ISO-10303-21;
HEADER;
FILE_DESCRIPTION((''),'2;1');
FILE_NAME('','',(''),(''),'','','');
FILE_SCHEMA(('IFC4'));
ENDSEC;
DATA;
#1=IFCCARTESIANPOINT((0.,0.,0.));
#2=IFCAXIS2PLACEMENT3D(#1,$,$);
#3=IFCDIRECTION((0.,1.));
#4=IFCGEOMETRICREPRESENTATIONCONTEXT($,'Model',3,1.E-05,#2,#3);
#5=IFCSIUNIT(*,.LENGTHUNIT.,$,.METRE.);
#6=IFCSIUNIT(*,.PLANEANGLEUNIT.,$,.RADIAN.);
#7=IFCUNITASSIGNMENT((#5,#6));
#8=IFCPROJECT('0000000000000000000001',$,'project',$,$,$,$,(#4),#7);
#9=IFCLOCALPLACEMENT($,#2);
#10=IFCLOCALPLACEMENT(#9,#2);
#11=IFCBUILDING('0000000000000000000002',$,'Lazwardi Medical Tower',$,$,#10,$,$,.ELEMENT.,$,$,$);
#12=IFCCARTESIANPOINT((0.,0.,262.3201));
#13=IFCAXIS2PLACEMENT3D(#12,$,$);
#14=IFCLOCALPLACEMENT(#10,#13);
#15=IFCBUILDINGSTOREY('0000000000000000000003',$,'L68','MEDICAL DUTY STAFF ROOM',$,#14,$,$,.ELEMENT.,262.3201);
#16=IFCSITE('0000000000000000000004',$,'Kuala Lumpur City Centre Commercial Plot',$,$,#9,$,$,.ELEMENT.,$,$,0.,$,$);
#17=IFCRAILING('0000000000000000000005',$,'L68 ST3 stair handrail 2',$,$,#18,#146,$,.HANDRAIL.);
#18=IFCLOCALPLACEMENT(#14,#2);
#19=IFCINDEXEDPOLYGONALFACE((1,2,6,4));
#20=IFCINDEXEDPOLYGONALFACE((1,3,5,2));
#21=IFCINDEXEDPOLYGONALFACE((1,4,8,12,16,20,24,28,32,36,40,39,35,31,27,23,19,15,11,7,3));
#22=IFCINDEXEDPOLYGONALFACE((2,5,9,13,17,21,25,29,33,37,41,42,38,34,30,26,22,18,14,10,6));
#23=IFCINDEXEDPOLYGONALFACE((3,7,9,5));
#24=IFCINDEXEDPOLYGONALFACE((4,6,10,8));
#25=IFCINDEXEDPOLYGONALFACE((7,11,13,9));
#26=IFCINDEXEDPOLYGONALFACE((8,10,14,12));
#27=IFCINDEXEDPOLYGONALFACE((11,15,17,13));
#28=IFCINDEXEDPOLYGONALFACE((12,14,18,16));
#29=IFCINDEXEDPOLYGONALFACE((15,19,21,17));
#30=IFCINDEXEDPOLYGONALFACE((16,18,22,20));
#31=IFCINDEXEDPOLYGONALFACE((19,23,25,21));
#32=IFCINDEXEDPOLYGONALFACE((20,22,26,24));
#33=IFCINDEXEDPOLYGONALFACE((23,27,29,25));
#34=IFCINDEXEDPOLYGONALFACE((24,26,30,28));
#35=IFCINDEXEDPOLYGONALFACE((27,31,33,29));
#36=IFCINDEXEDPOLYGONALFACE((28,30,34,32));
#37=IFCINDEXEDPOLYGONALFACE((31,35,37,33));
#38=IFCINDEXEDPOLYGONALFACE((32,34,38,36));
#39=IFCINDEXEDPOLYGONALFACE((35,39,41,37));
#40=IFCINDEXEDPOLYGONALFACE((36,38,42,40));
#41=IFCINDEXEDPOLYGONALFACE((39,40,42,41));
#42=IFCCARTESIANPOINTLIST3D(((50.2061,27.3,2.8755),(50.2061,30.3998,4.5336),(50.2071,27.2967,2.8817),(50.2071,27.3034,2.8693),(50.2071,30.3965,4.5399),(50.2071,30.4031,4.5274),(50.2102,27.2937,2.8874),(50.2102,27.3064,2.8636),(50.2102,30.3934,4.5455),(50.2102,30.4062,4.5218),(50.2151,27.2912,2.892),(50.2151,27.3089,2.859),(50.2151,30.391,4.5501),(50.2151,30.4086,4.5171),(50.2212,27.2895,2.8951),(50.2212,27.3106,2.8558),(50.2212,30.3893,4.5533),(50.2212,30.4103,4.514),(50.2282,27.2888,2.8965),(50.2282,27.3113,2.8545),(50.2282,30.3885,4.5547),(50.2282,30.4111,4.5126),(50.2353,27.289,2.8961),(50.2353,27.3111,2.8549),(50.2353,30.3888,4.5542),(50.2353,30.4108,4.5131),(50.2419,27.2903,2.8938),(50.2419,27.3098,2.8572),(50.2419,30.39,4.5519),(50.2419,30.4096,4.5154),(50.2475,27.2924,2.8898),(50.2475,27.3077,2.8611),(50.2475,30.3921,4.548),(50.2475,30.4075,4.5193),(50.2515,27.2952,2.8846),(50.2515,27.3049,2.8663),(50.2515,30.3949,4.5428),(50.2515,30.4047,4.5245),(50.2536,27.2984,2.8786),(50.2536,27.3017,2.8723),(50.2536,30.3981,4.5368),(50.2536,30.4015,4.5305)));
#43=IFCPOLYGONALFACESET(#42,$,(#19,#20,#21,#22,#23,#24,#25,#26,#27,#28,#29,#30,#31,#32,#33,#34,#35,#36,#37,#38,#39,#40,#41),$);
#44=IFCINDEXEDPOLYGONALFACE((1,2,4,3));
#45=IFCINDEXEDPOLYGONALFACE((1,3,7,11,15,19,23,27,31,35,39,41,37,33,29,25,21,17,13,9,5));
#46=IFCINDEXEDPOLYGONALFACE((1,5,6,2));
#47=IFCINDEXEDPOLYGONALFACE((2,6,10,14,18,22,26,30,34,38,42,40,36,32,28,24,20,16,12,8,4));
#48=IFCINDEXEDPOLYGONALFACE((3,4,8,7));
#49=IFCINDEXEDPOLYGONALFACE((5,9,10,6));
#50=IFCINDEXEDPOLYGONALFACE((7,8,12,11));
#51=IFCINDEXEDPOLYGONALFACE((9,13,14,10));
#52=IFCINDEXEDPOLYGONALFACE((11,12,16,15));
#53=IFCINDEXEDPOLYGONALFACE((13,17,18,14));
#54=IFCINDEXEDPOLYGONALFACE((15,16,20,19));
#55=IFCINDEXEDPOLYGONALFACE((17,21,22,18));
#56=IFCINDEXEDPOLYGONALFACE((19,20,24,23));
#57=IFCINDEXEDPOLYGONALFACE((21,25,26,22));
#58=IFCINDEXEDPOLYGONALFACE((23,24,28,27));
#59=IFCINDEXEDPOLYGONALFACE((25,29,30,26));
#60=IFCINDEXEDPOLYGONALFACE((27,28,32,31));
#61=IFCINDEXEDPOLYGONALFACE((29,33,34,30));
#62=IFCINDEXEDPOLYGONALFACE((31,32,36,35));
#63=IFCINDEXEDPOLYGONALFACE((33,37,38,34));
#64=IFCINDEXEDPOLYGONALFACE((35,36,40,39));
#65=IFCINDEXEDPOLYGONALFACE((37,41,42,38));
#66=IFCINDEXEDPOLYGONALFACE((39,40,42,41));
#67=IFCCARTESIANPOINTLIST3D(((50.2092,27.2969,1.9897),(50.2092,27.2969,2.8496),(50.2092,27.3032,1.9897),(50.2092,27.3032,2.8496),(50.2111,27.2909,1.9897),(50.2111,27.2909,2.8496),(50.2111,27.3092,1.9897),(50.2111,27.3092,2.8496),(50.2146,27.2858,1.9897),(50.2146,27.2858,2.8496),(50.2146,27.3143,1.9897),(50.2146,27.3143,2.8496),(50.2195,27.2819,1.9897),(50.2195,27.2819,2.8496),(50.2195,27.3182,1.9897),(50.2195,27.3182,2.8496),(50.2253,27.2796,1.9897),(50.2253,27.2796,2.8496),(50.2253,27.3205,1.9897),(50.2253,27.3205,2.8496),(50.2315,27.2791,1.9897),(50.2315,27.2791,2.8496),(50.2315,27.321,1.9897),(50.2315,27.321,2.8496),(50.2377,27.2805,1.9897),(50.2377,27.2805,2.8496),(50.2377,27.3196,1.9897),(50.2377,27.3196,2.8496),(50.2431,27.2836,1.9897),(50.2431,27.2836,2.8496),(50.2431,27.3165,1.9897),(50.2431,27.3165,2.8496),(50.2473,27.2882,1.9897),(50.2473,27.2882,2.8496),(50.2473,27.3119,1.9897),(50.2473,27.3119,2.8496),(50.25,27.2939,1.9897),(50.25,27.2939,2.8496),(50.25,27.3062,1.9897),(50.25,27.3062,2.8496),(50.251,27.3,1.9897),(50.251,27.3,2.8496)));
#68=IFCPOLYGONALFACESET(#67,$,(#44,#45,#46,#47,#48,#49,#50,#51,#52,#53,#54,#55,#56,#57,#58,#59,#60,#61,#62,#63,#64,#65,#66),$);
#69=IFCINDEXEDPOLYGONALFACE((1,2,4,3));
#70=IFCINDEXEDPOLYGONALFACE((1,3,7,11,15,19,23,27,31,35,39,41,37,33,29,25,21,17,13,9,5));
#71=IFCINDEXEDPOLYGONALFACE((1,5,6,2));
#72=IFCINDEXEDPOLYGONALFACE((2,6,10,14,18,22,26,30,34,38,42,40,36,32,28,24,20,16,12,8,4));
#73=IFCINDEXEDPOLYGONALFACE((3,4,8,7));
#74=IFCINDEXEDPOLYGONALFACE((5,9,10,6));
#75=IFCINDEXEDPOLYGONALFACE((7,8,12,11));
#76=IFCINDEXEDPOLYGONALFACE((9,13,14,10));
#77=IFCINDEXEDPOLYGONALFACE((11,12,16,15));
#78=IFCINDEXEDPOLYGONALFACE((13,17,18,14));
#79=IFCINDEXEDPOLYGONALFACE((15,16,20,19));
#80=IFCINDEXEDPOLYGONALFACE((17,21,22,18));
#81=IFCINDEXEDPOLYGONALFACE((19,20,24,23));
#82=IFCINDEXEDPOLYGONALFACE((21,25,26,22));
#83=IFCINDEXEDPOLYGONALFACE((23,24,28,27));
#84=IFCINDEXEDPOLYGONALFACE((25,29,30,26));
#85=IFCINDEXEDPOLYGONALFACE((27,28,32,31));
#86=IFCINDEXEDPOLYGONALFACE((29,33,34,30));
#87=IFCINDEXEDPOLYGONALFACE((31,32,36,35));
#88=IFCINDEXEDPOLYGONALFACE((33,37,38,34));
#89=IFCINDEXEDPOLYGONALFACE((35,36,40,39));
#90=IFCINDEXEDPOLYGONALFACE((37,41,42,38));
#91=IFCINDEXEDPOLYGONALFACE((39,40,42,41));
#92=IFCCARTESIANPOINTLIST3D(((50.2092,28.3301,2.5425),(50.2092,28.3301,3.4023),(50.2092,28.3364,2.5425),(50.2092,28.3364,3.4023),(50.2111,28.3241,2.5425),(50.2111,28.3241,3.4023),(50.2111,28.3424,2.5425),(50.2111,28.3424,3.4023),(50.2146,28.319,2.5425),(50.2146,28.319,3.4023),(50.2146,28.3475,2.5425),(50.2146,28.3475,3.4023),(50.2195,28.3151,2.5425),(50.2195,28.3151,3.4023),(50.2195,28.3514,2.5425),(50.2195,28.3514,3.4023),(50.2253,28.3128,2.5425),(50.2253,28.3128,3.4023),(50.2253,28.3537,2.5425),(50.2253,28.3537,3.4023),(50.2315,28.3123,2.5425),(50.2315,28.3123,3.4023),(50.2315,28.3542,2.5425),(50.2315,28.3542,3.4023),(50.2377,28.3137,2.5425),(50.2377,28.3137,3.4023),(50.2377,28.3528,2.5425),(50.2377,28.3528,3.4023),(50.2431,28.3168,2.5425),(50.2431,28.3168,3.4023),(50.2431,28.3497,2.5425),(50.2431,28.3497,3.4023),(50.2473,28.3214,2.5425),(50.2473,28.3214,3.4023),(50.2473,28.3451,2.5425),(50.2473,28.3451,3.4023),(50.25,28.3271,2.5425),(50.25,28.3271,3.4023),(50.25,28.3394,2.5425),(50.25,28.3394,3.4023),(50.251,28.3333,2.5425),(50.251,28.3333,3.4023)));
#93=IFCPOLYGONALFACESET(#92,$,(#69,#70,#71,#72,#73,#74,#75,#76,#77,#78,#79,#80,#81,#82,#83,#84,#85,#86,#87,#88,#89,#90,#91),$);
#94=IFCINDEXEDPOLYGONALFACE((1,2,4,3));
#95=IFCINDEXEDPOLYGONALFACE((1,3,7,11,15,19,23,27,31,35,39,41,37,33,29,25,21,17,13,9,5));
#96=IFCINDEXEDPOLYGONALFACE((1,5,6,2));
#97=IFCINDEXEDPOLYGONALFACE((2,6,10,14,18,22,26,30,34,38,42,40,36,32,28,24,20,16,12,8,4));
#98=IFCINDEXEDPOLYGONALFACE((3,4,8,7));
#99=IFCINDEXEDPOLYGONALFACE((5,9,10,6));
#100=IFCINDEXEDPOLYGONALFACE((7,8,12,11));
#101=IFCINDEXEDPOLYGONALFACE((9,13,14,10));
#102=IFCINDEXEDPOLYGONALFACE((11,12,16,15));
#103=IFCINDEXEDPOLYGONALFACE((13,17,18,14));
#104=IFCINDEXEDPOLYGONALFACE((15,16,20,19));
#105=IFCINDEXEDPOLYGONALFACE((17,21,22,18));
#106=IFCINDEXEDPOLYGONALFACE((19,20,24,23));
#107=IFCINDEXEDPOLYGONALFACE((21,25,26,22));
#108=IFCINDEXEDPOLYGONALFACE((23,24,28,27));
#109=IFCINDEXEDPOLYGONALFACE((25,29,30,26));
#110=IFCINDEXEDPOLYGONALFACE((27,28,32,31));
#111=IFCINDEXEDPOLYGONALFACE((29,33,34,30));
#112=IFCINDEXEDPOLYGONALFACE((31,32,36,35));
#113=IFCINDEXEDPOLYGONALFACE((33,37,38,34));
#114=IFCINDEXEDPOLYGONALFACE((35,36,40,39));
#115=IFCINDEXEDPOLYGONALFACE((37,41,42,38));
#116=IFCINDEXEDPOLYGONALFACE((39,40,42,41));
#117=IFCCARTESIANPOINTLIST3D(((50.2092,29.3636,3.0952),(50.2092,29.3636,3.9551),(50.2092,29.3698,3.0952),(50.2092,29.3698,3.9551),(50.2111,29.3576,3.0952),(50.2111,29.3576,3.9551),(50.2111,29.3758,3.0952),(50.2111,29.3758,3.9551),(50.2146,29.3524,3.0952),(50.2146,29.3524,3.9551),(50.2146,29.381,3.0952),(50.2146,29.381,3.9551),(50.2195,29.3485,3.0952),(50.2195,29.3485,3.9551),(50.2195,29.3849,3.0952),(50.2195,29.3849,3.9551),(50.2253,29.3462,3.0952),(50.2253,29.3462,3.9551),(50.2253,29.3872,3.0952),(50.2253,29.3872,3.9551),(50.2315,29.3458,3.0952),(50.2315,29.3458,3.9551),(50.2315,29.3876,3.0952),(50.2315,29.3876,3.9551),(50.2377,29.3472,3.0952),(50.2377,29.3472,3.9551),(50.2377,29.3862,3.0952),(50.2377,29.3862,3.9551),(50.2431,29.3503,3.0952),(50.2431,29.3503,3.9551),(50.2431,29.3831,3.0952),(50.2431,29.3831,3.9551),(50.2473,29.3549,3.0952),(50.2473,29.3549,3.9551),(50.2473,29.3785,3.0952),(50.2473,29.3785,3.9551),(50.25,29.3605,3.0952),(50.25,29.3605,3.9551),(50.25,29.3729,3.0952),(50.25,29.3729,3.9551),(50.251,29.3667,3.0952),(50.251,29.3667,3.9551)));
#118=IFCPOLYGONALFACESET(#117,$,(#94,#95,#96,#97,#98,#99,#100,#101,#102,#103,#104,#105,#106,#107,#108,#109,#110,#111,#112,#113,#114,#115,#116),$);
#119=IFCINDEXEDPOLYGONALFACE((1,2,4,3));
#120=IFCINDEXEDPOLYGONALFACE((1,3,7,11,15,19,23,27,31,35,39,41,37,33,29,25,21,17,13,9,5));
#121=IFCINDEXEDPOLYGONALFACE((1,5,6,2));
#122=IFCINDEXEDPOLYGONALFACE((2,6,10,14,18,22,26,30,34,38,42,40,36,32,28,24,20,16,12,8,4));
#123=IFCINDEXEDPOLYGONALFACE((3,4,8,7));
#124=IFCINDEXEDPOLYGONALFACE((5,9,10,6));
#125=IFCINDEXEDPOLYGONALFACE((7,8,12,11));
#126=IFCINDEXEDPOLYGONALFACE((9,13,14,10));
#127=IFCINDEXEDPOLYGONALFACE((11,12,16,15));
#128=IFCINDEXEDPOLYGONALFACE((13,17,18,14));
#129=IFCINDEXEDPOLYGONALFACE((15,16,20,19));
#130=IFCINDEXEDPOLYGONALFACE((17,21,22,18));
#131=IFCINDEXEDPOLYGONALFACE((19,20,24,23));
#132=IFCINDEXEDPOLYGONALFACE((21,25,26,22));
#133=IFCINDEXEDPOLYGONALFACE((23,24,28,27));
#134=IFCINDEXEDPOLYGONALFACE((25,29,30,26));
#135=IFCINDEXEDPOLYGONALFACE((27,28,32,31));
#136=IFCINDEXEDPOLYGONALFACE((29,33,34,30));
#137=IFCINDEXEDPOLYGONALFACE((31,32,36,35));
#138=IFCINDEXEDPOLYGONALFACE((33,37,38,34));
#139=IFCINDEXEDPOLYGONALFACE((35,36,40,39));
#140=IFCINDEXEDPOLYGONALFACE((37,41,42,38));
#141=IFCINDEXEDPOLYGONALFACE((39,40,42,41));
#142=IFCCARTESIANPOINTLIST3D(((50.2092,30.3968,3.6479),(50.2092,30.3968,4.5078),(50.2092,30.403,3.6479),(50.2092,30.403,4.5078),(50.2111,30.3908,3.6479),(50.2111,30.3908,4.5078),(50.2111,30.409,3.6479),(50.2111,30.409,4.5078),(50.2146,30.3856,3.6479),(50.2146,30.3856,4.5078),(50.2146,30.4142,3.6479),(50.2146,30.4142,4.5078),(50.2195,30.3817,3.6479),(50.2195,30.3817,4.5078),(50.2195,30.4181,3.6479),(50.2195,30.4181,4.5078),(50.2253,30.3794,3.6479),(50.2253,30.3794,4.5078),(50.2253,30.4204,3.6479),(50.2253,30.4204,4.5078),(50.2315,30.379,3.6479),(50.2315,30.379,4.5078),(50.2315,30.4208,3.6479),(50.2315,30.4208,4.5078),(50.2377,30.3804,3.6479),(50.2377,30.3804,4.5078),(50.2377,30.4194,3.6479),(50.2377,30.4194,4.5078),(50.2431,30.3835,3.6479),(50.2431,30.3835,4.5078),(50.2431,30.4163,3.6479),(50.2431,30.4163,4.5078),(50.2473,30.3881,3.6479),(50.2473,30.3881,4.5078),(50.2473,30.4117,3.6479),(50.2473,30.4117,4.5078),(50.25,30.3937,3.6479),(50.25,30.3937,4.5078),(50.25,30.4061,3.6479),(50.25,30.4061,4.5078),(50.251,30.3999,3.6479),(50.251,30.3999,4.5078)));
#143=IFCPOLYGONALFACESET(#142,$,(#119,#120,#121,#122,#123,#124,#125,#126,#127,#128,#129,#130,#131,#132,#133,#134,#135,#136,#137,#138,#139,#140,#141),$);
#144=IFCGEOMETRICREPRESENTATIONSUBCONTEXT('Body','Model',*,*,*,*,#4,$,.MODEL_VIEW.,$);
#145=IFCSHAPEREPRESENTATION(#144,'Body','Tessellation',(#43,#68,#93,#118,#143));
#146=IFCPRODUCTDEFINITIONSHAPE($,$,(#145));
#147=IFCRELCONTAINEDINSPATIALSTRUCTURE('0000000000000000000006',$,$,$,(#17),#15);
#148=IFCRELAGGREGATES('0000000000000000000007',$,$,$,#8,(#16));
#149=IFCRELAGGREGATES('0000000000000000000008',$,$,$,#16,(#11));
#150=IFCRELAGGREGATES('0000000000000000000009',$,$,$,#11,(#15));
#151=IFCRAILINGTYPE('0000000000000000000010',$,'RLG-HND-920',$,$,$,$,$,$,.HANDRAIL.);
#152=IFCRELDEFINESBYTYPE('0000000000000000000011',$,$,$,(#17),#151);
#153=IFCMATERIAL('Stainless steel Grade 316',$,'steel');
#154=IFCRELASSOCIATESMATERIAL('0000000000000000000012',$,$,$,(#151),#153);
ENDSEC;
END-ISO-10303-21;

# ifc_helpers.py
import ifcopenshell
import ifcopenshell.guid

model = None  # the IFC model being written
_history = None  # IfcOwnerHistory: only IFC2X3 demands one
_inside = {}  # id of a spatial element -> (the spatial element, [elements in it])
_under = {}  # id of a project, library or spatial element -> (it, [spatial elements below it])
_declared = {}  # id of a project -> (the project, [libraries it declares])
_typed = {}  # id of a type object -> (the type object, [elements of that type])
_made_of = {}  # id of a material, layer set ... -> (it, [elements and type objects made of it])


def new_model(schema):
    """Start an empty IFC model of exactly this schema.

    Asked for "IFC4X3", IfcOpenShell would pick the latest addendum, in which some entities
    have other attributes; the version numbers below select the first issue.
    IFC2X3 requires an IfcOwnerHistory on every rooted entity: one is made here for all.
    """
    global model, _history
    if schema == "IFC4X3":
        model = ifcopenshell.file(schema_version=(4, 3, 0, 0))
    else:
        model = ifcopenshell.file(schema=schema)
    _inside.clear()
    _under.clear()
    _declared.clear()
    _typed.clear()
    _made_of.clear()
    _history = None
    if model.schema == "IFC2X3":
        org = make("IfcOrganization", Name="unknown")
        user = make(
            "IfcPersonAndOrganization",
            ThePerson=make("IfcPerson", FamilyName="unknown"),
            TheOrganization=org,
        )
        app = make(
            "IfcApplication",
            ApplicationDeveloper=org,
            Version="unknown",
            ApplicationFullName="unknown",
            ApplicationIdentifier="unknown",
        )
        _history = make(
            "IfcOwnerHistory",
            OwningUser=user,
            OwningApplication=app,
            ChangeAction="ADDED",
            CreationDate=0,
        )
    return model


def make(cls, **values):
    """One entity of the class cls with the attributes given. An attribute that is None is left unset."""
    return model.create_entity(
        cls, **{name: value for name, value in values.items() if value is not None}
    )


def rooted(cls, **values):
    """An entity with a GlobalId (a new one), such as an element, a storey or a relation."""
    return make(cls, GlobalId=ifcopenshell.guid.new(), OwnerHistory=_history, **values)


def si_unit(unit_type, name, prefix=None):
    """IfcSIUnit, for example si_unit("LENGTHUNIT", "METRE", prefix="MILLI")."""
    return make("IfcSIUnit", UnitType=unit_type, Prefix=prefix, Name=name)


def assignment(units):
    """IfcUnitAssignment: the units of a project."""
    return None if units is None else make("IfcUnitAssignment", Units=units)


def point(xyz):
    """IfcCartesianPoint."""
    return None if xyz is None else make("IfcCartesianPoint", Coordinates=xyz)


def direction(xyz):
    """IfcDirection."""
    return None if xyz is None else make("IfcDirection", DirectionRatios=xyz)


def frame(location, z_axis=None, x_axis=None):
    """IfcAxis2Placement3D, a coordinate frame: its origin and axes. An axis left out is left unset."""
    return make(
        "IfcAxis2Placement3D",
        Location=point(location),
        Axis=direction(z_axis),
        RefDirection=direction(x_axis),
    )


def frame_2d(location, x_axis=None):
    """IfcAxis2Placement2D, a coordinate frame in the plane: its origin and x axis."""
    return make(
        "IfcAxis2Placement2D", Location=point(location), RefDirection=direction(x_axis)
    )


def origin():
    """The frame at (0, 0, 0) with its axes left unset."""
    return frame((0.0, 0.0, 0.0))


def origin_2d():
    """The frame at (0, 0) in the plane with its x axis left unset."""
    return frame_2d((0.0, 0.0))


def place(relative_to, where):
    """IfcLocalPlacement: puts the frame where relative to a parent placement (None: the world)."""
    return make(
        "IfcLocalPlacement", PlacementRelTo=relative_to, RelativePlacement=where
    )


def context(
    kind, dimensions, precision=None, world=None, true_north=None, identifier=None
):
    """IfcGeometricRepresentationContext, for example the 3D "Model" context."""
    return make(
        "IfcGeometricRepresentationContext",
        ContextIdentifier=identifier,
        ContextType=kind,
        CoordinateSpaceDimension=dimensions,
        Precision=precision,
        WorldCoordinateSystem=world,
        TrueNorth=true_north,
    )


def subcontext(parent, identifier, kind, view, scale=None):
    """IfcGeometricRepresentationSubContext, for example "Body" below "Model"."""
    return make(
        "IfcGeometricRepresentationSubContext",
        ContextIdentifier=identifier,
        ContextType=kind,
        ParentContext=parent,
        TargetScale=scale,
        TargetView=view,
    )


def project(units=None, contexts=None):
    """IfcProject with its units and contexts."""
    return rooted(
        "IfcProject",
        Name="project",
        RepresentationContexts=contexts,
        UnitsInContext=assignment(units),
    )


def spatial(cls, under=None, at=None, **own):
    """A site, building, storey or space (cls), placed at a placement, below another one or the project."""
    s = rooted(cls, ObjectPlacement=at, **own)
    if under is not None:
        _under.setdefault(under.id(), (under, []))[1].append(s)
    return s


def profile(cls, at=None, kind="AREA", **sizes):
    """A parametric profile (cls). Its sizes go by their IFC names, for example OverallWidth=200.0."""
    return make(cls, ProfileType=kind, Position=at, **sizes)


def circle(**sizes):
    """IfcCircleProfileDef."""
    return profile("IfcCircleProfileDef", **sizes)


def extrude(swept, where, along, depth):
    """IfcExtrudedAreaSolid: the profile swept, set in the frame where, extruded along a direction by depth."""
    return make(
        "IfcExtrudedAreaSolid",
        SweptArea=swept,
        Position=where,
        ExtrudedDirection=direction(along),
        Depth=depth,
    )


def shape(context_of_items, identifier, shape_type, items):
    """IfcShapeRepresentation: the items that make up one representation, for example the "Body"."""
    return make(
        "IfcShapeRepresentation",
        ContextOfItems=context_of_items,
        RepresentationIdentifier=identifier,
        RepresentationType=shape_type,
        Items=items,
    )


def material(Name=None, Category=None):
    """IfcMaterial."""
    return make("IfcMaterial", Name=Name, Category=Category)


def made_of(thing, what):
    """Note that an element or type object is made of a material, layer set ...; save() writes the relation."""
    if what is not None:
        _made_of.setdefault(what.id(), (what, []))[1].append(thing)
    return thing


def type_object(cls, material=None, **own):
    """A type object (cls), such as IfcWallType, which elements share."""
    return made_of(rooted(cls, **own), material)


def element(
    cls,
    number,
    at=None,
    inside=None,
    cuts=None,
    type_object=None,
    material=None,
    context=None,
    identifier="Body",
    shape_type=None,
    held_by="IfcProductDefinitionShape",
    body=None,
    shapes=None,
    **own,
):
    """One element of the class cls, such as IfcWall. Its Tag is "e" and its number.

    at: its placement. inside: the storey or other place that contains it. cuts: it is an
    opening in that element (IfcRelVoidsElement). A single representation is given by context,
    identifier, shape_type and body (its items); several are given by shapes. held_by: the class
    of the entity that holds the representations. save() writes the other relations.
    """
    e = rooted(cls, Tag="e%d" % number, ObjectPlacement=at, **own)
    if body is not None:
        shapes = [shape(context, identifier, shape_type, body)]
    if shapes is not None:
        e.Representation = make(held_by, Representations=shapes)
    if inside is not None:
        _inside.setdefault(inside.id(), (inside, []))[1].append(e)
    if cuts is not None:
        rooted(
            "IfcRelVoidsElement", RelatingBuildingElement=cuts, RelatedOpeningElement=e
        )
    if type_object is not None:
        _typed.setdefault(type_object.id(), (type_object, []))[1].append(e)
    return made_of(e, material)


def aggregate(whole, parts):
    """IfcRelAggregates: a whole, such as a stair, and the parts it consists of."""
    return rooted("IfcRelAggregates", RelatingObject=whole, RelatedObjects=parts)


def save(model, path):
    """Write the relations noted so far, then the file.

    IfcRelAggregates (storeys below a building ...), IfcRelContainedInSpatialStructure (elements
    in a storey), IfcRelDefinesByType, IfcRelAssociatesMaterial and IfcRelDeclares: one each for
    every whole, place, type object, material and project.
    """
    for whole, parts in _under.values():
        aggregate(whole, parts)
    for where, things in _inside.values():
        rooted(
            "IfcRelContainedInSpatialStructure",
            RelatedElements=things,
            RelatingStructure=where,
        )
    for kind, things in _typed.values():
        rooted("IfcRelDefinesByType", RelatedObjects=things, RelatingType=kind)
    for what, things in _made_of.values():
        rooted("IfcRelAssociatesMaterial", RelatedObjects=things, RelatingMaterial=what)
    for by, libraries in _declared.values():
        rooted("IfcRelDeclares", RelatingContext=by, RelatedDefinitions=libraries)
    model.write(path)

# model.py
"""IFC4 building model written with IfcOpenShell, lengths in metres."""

from ifc_helpers import new_model, si_unit, direction, frame, origin, origin_2d, place, context, subcontext, project, spatial, circle, extrude, material, type_object, element, save


model = new_model("IFC4")

# Units and contexts
model_context = context("Model", 3, precision=1e-05, world=origin(), true_north=direction((0.0, 1.0)))
body_context = subcontext(model_context, "Body", "Model", "MODEL_VIEW")
ifc_project = project(units=[si_unit("LENGTHUNIT", "METRE"), si_unit("PLANEANGLEUNIT", "RADIAN")], contexts=[model_context])

# Site, building, storey
site_placement = place(None, origin())
site = spatial("IfcSite", under=ifc_project, at=site_placement, Name="Kuala Lumpur City Centre Commercial Plot", CompositionType="ELEMENT", RefElevation=0.0)
building_placement = place(site_placement, origin())
building = spatial("IfcBuilding", under=site, at=building_placement, Name="Lazwardi Medical Tower", CompositionType="ELEMENT")
storey_placement = place(building_placement, frame((0.0, 0.0, 262.3201)))
storey = spatial("IfcBuildingStorey", under=building, at=storey_placement, Name="L68", Description="MEDICAL DUTY STAFF ROOM", CompositionType="ELEMENT", Elevation=262.3201)

# Railing
ifc_material_1 = material(Name="Stainless steel Grade 316", Category="steel")
railing_type_1 = type_object("IfcRailingType", Name="RLG-HND-920", PredefinedType="HANDRAIL", material=ifc_material_1)
railing_1_placement = place(storey_placement, frame((50.23, 27.3, 1.9897)))
element("IfcRailing", 1, at=railing_1_placement, inside=storey, type_object=railing_type_1, Name="L68 ST3 stair handrail 2", PredefinedType="HANDRAIL", context=body_context, shape_type="SweptSolid", body=[
    extrude(circle(Radius=0.0239, at=origin_2d()), frame((0.0, 0.0, 0.8857), z_axis=(0.0, 0.881768, 0.471684), x_axis=(-1.0, 0.0, 0.0)), (0.0, 0.0, 1.0), 3.5154),
    extrude(circle(Radius=0.021, at=origin_2d()), origin(), (0.0, 0.0, 1.0), 0.8599),
    extrude(circle(Radius=0.021, at=origin_2d()), frame((0.0, 1.0332, 0.5527)), (0.0, 0.0, 1.0), 0.8599),
    extrude(circle(Radius=0.021, at=origin_2d()), frame((0.0, 2.0667, 1.1055)), (0.0, 0.0, 1.0), 0.8599),
    extrude(circle(Radius=0.021, at=origin_2d()), frame((0.0, 3.0999, 1.6582)), (0.0, 0.0, 1.0), 0.8599),
])

save(model, "model.ifc")
